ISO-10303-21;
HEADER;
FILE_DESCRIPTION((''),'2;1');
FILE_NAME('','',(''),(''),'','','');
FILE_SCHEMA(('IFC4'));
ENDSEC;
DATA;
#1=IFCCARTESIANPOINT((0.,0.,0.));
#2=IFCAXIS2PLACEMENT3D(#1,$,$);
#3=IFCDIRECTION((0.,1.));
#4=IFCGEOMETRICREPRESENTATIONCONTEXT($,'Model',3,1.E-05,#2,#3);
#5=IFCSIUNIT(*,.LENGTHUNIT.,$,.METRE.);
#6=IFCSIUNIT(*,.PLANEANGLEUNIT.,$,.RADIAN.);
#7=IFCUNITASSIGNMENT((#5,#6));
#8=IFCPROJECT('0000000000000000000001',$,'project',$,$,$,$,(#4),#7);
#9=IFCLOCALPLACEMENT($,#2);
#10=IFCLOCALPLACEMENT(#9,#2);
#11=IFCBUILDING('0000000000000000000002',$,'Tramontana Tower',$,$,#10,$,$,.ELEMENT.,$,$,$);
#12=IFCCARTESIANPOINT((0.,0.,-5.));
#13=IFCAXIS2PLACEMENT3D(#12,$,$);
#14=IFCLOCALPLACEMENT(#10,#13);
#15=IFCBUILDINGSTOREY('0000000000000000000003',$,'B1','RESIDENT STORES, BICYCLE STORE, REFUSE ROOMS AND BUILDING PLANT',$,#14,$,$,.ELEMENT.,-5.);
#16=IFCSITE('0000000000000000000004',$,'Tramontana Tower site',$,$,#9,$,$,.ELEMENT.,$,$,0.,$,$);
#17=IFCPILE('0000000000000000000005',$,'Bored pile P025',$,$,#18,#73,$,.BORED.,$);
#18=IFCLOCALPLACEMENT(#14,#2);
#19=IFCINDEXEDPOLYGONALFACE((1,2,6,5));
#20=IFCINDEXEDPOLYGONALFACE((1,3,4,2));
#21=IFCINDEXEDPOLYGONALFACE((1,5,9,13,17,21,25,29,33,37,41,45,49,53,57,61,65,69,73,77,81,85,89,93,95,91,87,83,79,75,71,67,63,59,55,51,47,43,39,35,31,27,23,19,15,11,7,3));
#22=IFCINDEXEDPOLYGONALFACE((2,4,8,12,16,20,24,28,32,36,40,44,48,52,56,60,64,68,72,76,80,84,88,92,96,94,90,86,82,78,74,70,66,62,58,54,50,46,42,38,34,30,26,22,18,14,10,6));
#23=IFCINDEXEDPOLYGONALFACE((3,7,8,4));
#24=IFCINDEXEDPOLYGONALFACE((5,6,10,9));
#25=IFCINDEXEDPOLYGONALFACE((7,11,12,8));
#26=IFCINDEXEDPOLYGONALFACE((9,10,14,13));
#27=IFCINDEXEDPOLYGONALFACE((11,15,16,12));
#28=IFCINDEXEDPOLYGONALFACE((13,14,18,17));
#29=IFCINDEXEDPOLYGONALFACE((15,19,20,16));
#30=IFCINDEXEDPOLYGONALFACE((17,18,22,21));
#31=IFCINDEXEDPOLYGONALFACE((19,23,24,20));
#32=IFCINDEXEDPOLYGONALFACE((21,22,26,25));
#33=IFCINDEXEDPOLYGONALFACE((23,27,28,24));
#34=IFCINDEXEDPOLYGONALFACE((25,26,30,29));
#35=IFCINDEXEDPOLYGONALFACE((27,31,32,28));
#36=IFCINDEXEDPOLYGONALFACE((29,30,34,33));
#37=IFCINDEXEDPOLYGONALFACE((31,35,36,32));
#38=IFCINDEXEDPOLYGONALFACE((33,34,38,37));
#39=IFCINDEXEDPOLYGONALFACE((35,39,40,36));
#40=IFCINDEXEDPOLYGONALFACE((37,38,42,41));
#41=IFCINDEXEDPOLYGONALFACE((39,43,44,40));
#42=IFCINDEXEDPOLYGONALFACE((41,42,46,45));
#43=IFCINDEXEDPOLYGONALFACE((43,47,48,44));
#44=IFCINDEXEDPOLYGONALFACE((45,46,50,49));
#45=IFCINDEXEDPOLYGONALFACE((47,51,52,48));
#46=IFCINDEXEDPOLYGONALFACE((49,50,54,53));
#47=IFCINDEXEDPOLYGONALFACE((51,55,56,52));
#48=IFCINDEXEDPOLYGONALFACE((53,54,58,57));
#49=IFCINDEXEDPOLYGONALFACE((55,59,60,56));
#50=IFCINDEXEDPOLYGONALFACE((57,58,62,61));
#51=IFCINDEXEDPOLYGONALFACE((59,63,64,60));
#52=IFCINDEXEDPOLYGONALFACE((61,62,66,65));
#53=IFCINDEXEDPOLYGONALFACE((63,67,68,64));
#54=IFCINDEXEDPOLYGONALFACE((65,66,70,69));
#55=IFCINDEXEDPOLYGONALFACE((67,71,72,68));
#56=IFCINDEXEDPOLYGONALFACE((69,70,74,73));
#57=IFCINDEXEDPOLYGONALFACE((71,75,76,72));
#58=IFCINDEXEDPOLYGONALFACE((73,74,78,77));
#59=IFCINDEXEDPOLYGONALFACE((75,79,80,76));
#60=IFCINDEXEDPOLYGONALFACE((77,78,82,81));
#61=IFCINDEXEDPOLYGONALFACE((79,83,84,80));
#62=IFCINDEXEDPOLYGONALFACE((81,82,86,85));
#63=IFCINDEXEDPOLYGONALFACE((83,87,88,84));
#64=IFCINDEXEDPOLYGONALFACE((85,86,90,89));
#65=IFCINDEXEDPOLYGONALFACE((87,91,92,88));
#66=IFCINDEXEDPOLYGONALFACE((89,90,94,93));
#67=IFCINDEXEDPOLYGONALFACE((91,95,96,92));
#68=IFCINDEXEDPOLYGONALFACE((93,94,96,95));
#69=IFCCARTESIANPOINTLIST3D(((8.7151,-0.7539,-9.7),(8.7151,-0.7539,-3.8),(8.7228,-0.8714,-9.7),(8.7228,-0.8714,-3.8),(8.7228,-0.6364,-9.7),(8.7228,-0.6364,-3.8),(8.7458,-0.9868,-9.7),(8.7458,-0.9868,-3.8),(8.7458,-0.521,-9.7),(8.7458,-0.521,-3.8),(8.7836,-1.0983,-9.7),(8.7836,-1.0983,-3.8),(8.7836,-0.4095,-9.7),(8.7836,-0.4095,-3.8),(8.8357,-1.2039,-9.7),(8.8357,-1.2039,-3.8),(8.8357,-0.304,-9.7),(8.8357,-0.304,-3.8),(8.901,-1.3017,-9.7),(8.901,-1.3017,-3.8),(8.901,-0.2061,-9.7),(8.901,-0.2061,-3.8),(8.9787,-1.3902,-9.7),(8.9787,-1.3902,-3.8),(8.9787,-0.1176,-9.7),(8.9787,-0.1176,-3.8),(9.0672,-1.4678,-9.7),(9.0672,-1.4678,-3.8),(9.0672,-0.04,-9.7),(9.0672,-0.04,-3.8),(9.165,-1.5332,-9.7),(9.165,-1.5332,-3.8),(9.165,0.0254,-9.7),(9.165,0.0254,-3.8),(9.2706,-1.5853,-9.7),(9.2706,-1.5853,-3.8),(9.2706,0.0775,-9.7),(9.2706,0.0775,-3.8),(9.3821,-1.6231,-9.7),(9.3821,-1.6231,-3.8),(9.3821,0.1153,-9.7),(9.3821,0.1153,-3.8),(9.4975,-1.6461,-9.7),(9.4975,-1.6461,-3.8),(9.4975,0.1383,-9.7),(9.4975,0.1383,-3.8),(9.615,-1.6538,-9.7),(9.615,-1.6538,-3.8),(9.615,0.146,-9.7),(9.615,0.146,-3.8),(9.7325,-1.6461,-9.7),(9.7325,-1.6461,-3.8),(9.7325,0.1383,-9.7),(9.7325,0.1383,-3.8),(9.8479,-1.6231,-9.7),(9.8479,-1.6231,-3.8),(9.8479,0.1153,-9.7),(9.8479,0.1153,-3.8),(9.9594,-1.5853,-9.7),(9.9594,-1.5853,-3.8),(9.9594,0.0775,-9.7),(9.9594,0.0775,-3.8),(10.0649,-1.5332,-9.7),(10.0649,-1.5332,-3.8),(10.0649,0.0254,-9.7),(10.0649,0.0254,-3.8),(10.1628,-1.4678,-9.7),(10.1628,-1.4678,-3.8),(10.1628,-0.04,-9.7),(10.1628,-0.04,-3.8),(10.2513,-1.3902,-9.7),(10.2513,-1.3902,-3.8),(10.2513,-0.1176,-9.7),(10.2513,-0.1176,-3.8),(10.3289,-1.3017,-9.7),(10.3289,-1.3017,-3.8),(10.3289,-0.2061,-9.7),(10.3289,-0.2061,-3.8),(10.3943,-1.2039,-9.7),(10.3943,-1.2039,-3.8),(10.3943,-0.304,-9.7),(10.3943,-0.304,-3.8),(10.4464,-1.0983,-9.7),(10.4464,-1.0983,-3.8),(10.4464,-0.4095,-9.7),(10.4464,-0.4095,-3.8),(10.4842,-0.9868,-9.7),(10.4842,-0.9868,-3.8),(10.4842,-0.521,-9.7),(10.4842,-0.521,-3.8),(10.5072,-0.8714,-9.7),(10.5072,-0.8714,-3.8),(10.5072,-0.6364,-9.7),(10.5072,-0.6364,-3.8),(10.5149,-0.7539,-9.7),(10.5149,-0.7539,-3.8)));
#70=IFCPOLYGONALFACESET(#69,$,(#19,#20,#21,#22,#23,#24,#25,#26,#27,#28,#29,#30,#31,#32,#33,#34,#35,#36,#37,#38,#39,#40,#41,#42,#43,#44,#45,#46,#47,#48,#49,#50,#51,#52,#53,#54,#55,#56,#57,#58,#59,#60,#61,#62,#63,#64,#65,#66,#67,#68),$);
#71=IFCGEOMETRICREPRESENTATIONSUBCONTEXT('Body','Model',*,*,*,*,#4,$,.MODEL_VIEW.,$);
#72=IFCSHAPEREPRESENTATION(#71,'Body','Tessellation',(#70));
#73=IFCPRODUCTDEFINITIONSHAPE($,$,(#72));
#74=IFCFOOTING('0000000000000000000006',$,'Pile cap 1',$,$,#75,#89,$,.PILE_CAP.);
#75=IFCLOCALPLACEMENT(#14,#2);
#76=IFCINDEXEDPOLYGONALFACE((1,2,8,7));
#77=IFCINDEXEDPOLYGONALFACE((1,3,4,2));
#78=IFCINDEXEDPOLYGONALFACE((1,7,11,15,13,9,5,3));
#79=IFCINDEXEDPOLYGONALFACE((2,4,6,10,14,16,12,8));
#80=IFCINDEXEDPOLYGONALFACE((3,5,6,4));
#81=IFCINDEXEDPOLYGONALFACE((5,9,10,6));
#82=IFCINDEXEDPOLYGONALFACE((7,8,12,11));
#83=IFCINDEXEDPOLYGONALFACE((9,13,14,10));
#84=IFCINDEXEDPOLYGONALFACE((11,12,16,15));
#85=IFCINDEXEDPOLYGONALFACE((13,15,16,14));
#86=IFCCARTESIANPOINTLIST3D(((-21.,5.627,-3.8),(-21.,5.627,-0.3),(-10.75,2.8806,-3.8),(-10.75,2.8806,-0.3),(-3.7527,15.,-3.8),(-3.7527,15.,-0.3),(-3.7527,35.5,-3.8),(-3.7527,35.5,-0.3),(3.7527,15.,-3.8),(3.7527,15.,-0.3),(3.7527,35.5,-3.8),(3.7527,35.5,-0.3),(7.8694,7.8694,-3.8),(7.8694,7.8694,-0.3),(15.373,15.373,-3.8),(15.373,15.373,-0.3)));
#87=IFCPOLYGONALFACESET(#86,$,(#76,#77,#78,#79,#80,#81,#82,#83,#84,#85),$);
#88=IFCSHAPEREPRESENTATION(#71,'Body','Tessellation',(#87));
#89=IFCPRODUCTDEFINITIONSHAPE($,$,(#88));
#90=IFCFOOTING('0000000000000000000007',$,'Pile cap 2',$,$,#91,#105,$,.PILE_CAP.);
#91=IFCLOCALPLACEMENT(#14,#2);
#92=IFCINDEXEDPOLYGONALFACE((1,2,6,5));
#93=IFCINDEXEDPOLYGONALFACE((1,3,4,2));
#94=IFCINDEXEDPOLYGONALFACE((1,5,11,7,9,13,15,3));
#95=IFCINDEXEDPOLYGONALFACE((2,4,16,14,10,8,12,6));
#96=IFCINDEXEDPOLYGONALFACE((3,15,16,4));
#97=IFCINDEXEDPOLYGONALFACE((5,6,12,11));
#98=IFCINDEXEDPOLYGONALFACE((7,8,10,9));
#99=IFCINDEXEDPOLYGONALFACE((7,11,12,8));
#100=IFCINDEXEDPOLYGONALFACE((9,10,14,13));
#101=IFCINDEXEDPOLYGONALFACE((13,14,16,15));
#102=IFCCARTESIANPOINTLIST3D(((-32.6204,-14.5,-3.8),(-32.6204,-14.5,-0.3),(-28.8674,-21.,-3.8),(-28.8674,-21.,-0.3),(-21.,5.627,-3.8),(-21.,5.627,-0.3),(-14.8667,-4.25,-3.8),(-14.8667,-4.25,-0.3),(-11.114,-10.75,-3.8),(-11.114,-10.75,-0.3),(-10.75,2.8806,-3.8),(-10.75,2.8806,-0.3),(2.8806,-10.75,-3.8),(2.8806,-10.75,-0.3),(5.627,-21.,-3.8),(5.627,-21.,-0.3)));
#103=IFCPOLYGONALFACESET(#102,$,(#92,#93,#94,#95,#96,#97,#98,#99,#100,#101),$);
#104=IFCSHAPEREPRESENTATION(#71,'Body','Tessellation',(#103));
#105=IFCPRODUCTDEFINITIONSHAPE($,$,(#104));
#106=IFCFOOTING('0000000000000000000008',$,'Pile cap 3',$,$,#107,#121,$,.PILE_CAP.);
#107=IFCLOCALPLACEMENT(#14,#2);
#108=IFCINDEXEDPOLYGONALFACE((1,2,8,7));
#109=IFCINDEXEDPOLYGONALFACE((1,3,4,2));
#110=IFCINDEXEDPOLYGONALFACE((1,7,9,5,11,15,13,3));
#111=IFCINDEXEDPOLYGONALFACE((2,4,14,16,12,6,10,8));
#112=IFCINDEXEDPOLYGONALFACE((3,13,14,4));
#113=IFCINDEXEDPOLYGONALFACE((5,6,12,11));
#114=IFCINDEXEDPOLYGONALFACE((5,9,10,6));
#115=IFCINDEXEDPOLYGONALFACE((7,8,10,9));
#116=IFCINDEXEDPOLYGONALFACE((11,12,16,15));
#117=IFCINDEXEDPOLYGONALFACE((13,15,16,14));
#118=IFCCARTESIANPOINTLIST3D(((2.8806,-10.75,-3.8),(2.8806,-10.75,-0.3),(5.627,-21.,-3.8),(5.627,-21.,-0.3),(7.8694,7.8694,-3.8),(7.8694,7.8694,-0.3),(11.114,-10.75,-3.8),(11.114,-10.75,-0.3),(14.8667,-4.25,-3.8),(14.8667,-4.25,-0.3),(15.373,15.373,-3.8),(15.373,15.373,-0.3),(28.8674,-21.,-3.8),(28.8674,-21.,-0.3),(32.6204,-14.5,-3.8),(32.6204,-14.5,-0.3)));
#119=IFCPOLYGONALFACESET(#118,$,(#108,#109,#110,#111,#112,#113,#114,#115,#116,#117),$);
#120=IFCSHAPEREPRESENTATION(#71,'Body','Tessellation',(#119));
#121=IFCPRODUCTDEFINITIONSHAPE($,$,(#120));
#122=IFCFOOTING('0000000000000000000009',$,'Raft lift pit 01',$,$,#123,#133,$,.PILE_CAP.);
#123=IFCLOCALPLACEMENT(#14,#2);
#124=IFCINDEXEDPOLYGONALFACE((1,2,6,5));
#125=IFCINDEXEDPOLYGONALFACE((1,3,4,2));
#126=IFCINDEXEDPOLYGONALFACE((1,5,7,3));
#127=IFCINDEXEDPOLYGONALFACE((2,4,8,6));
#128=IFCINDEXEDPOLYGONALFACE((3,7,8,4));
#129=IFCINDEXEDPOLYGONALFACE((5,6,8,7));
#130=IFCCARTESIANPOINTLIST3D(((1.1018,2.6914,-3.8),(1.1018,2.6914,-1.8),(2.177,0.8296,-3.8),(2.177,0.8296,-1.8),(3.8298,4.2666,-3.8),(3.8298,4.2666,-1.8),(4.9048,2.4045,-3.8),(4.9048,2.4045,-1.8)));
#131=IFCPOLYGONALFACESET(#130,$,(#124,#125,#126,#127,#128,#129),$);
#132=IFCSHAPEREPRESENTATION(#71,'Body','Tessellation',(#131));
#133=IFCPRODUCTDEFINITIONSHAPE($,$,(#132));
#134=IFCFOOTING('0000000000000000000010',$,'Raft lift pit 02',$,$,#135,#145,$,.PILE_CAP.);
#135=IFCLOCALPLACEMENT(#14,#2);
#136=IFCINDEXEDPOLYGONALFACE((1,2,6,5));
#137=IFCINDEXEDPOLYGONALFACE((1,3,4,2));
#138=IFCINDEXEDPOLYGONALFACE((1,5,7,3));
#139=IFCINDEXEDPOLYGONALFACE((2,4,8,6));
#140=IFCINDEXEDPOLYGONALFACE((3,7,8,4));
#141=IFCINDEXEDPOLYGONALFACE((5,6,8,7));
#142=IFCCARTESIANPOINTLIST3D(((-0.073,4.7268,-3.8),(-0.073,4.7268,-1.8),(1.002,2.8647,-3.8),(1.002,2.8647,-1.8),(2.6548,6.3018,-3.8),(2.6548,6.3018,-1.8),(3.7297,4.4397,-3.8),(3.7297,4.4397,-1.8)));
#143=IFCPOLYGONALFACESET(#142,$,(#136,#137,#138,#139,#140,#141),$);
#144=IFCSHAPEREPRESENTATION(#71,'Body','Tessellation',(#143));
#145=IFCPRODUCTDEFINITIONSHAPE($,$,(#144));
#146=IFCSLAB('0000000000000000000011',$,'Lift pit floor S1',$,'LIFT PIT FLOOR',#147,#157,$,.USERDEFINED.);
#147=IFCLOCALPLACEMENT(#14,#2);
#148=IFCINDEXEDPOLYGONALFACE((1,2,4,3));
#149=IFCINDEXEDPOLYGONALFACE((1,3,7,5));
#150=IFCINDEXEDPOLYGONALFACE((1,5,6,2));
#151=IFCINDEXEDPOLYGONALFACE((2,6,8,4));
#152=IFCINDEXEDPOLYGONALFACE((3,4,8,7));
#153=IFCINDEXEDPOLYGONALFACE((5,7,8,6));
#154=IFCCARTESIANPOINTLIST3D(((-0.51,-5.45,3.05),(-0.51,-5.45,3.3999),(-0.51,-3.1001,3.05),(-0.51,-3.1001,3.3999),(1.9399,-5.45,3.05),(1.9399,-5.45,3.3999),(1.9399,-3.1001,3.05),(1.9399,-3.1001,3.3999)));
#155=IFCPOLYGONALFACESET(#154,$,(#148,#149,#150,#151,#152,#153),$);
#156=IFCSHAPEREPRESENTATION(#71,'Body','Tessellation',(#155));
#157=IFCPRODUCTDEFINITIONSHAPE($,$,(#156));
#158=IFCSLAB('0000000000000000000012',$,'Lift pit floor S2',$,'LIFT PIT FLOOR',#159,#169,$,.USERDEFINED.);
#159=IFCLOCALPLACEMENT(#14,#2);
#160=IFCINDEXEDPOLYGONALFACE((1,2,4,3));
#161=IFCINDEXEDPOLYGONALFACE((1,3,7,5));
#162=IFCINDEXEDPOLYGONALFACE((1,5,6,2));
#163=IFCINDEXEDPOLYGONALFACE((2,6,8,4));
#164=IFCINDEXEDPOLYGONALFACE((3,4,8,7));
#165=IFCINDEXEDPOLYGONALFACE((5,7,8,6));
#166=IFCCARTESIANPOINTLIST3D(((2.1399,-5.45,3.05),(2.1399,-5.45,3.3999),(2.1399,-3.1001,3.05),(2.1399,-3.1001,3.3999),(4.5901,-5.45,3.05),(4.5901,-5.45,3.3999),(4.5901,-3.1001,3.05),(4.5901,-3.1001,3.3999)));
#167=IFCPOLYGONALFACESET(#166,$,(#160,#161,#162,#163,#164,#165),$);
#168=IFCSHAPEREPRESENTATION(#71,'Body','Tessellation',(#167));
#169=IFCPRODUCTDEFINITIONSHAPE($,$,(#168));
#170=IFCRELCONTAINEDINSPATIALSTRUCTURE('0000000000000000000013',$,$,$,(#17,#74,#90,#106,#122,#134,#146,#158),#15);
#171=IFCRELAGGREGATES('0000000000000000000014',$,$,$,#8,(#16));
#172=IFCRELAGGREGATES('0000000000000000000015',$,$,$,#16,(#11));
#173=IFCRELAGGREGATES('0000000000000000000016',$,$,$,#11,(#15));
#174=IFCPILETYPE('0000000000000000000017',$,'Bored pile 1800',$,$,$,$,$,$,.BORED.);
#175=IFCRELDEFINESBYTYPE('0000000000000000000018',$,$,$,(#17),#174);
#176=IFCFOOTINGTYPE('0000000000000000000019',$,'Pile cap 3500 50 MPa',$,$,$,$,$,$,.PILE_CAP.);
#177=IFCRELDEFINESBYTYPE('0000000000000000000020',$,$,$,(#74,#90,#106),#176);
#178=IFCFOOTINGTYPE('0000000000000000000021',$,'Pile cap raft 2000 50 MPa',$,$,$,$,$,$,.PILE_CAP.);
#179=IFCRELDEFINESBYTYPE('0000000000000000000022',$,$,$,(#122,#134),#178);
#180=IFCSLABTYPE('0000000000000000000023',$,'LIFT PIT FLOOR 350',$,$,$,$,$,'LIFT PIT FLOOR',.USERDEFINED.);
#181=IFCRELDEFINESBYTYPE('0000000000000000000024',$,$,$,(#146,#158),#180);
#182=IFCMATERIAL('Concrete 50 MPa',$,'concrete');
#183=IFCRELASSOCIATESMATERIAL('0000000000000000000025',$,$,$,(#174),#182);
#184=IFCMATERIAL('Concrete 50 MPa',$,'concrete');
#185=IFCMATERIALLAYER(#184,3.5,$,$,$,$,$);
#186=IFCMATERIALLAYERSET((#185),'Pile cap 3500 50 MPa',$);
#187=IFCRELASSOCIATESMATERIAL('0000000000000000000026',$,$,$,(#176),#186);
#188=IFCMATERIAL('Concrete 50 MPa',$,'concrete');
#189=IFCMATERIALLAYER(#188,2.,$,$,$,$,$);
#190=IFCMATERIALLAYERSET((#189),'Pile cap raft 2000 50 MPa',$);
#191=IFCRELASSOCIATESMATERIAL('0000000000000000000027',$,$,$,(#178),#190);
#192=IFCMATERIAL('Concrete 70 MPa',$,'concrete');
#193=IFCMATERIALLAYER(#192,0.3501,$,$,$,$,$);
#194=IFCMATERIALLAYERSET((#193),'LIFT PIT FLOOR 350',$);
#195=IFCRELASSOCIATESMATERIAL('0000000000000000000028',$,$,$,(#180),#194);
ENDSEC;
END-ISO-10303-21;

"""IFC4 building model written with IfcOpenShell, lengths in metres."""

from ifc_helpers import new_model, si_unit, direction, frame, origin, origin_2d, place, context, subcontext, project, spatial, polyline, circle, outline, extrude, material, layer, layer_set, material_profile, profile_set, type_object, element, save


model = new_model("IFC4")

# Units and contexts
model_context = context("Model", 3, precision=1e-05, world=origin(), true_north=direction((0.0, 1.0)))
body_context = subcontext(model_context, "Body", "Model", "MODEL_VIEW")
ifc_project = project(units=[si_unit("LENGTHUNIT", "METRE"), si_unit("PLANEANGLEUNIT", "RADIAN")], contexts=[model_context])

# Site, building, storey
site_placement = place(None, origin())
site = spatial("IfcSite", under=ifc_project, at=site_placement, Name="Tramontana Tower site", CompositionType="ELEMENT", RefElevation=0.0)
building_placement = place(site_placement, origin())
building = spatial("IfcBuilding", under=site, at=building_placement, Name="Tramontana Tower", CompositionType="ELEMENT")
storey_placement = place(building_placement, frame((0.0, 0.0, -5.0)))
storey = spatial("IfcBuildingStorey", under=building, at=storey_placement, Name="B1", Description="RESIDENT STORES, BICYCLE STORE, REFUSE ROOMS AND BUILDING PLANT", CompositionType="ELEMENT", Elevation=-5.0)

# Pile
ifc_material_1 = material(Name="Concrete 50 MPa", Category="concrete")
ifc_material_profile = material_profile(ifc_material_1, circle(Radius=0.8999, at=origin_2d()), Name="Bored pile 1800")
ifc_profile_set = profile_set([ifc_material_profile], Name="Concrete 50 MPa")
pile_type = type_object("IfcPileType", Name="Bored pile 1800", PredefinedType="BORED", material=ifc_profile_set)
pile_placement = place(storey_placement, frame((9.615, -0.7539, -3.8), z_axis=(0.0, 0.0, -1.0), x_axis=(1.0, 0.0, 0.0)))
element("IfcPile", 1, at=pile_placement, inside=storey, type_object=pile_type, Name="Bored pile P025", PredefinedType="BORED", context=body_context, shape_type="SweptSolid", body=[
    extrude(circle(Radius=0.8999, at=origin_2d()), origin(), (0.0, 0.0, 1.0), 5.8999),
])

# Footings
ifc_material_2 = material(Name="Concrete 50 MPa", Category="concrete")
ifc_layer_1 = layer(ifc_material_2, 3.5)
ifc_layer_set_1 = layer_set([ifc_layer_1], Name="Pile cap 3500 50 MPa")
footing_type_1 = type_object("IfcFootingType", Name="Pile cap 3500 50 MPa", PredefinedType="PILE_CAP", material=ifc_layer_set_1)
footing_1_placement = place(storey_placement, frame((0.0, 0.0, -3.8)))
element("IfcFooting", 2, at=footing_1_placement, inside=storey, type_object=footing_type_1, Name="Pile cap 1", PredefinedType="PILE_CAP", context=body_context, shape_type="SweptSolid", body=[
    extrude(outline(polyline([(-3.7527, 35.5), (3.7527, 35.5), (15.373, 15.373), (7.8694, 7.8694), (3.7527, 15.0), (-3.7527, 15.0), (-10.75, 2.8806), (-21.0, 5.627), (-3.7527, 35.5)])), origin(), (0.0, 0.0, 1.0), 3.5),
])
footing_2_placement = place(storey_placement, frame((0.0, 0.0, -3.8)))
element("IfcFooting", 3, at=footing_2_placement, inside=storey, type_object=footing_type_1, Name="Pile cap 2", PredefinedType="PILE_CAP", context=body_context, shape_type="SweptSolid", body=[
    extrude(outline(polyline([(-28.8674, -21.0), (-32.6204, -14.5), (-21.0, 5.627), (-10.75, 2.8806), (-14.8667, -4.25), (-11.114, -10.75), (2.8806, -10.75), (5.627, -21.0), (-28.8674, -21.0)])), origin(), (0.0, 0.0, 1.0), 3.5),
])
footing_3_placement = place(storey_placement, frame((0.0, 0.0, -3.8)))
element("IfcFooting", 4, at=footing_3_placement, inside=storey, type_object=footing_type_1, Name="Pile cap 3", PredefinedType="PILE_CAP", context=body_context, shape_type="SweptSolid", body=[
    extrude(outline(polyline([(28.8674, -21.0), (5.627, -21.0), (2.8806, -10.75), (11.114, -10.75), (14.8667, -4.25), (7.8694, 7.8694), (15.373, 15.373), (32.6204, -14.5), (28.8674, -21.0)])), origin(), (0.0, 0.0, 1.0), 3.5),
])
ifc_material_3 = material(Name="Concrete 50 MPa", Category="concrete")
ifc_layer_2 = layer(ifc_material_3, 2.0)
ifc_layer_set_2 = layer_set([ifc_layer_2], Name="Pile cap raft 2000 50 MPa")
footing_type_2 = type_object("IfcFootingType", Name="Pile cap raft 2000 50 MPa", PredefinedType="PILE_CAP", material=ifc_layer_set_2)
footing_4_placement = place(storey_placement, frame((0.0, 0.0, -3.8)))
element("IfcFooting", 5, at=footing_4_placement, inside=storey, type_object=footing_type_2, Name="Raft lift pit 01", PredefinedType="PILE_CAP", context=body_context, shape_type="SweptSolid", body=[
    extrude(outline(polyline([(2.177, 0.8296), (4.9048, 2.4045), (3.8298, 4.2666), (1.1018, 2.6914), (2.177, 0.8296)])), origin(), (0.0, 0.0, 1.0), 2.0),
])
footing_5_placement = place(storey_placement, frame((0.0, 0.0, -3.8)))
element("IfcFooting", 6, at=footing_5_placement, inside=storey, type_object=footing_type_2, Name="Raft lift pit 02", PredefinedType="PILE_CAP", context=body_context, shape_type="SweptSolid", body=[
    extrude(outline(polyline([(1.002, 2.8647), (3.7297, 4.4397), (2.6548, 6.3018), (-0.073, 4.7268), (1.002, 2.8647)])), origin(), (0.0, 0.0, 1.0), 2.0),
])

# Slabs
ifc_material_4 = material(Name="Concrete 70 MPa", Category="concrete")
ifc_layer_3 = layer(ifc_material_4, 0.3501)
ifc_layer_set_3 = layer_set([ifc_layer_3], Name="LIFT PIT FLOOR 350")
slab_type_1 = type_object("IfcSlabType", Name="LIFT PIT FLOOR 350", ElementType="LIFT PIT FLOOR", PredefinedType="USERDEFINED", material=ifc_layer_set_3)
slab_1_placement = place(storey_placement, frame((0.0, 0.0, 3.05)))
element("IfcSlab", 7, at=slab_1_placement, inside=storey, type_object=slab_type_1, Name="Lift pit floor S1", ObjectType="LIFT PIT FLOOR", PredefinedType="USERDEFINED", context=body_context, shape_type="SweptSolid", body=[
    extrude(outline(polyline([(-0.51, -3.1001), (-0.51, -5.45), (1.9399, -5.45), (1.9399, -3.1001), (-0.51, -3.1001)])), origin(), (0.0, 0.0, 1.0), 0.3499),
])
slab_2_placement = place(storey_placement, frame((0.0, 0.0, 3.05)))
element("IfcSlab", 8, at=slab_2_placement, inside=storey, type_object=slab_type_1, Name="Lift pit floor S2", ObjectType="LIFT PIT FLOOR", PredefinedType="USERDEFINED", context=body_context, shape_type="SweptSolid", body=[
    extrude(outline(polyline([(2.1399, -3.1001), (2.1399, -5.45), (4.5901, -5.45), (4.5901, -3.1001), (2.1399, -3.1001)])), origin(), (0.0, 0.0, 1.0), 0.3499),
])

save(model, "model.ifc")
